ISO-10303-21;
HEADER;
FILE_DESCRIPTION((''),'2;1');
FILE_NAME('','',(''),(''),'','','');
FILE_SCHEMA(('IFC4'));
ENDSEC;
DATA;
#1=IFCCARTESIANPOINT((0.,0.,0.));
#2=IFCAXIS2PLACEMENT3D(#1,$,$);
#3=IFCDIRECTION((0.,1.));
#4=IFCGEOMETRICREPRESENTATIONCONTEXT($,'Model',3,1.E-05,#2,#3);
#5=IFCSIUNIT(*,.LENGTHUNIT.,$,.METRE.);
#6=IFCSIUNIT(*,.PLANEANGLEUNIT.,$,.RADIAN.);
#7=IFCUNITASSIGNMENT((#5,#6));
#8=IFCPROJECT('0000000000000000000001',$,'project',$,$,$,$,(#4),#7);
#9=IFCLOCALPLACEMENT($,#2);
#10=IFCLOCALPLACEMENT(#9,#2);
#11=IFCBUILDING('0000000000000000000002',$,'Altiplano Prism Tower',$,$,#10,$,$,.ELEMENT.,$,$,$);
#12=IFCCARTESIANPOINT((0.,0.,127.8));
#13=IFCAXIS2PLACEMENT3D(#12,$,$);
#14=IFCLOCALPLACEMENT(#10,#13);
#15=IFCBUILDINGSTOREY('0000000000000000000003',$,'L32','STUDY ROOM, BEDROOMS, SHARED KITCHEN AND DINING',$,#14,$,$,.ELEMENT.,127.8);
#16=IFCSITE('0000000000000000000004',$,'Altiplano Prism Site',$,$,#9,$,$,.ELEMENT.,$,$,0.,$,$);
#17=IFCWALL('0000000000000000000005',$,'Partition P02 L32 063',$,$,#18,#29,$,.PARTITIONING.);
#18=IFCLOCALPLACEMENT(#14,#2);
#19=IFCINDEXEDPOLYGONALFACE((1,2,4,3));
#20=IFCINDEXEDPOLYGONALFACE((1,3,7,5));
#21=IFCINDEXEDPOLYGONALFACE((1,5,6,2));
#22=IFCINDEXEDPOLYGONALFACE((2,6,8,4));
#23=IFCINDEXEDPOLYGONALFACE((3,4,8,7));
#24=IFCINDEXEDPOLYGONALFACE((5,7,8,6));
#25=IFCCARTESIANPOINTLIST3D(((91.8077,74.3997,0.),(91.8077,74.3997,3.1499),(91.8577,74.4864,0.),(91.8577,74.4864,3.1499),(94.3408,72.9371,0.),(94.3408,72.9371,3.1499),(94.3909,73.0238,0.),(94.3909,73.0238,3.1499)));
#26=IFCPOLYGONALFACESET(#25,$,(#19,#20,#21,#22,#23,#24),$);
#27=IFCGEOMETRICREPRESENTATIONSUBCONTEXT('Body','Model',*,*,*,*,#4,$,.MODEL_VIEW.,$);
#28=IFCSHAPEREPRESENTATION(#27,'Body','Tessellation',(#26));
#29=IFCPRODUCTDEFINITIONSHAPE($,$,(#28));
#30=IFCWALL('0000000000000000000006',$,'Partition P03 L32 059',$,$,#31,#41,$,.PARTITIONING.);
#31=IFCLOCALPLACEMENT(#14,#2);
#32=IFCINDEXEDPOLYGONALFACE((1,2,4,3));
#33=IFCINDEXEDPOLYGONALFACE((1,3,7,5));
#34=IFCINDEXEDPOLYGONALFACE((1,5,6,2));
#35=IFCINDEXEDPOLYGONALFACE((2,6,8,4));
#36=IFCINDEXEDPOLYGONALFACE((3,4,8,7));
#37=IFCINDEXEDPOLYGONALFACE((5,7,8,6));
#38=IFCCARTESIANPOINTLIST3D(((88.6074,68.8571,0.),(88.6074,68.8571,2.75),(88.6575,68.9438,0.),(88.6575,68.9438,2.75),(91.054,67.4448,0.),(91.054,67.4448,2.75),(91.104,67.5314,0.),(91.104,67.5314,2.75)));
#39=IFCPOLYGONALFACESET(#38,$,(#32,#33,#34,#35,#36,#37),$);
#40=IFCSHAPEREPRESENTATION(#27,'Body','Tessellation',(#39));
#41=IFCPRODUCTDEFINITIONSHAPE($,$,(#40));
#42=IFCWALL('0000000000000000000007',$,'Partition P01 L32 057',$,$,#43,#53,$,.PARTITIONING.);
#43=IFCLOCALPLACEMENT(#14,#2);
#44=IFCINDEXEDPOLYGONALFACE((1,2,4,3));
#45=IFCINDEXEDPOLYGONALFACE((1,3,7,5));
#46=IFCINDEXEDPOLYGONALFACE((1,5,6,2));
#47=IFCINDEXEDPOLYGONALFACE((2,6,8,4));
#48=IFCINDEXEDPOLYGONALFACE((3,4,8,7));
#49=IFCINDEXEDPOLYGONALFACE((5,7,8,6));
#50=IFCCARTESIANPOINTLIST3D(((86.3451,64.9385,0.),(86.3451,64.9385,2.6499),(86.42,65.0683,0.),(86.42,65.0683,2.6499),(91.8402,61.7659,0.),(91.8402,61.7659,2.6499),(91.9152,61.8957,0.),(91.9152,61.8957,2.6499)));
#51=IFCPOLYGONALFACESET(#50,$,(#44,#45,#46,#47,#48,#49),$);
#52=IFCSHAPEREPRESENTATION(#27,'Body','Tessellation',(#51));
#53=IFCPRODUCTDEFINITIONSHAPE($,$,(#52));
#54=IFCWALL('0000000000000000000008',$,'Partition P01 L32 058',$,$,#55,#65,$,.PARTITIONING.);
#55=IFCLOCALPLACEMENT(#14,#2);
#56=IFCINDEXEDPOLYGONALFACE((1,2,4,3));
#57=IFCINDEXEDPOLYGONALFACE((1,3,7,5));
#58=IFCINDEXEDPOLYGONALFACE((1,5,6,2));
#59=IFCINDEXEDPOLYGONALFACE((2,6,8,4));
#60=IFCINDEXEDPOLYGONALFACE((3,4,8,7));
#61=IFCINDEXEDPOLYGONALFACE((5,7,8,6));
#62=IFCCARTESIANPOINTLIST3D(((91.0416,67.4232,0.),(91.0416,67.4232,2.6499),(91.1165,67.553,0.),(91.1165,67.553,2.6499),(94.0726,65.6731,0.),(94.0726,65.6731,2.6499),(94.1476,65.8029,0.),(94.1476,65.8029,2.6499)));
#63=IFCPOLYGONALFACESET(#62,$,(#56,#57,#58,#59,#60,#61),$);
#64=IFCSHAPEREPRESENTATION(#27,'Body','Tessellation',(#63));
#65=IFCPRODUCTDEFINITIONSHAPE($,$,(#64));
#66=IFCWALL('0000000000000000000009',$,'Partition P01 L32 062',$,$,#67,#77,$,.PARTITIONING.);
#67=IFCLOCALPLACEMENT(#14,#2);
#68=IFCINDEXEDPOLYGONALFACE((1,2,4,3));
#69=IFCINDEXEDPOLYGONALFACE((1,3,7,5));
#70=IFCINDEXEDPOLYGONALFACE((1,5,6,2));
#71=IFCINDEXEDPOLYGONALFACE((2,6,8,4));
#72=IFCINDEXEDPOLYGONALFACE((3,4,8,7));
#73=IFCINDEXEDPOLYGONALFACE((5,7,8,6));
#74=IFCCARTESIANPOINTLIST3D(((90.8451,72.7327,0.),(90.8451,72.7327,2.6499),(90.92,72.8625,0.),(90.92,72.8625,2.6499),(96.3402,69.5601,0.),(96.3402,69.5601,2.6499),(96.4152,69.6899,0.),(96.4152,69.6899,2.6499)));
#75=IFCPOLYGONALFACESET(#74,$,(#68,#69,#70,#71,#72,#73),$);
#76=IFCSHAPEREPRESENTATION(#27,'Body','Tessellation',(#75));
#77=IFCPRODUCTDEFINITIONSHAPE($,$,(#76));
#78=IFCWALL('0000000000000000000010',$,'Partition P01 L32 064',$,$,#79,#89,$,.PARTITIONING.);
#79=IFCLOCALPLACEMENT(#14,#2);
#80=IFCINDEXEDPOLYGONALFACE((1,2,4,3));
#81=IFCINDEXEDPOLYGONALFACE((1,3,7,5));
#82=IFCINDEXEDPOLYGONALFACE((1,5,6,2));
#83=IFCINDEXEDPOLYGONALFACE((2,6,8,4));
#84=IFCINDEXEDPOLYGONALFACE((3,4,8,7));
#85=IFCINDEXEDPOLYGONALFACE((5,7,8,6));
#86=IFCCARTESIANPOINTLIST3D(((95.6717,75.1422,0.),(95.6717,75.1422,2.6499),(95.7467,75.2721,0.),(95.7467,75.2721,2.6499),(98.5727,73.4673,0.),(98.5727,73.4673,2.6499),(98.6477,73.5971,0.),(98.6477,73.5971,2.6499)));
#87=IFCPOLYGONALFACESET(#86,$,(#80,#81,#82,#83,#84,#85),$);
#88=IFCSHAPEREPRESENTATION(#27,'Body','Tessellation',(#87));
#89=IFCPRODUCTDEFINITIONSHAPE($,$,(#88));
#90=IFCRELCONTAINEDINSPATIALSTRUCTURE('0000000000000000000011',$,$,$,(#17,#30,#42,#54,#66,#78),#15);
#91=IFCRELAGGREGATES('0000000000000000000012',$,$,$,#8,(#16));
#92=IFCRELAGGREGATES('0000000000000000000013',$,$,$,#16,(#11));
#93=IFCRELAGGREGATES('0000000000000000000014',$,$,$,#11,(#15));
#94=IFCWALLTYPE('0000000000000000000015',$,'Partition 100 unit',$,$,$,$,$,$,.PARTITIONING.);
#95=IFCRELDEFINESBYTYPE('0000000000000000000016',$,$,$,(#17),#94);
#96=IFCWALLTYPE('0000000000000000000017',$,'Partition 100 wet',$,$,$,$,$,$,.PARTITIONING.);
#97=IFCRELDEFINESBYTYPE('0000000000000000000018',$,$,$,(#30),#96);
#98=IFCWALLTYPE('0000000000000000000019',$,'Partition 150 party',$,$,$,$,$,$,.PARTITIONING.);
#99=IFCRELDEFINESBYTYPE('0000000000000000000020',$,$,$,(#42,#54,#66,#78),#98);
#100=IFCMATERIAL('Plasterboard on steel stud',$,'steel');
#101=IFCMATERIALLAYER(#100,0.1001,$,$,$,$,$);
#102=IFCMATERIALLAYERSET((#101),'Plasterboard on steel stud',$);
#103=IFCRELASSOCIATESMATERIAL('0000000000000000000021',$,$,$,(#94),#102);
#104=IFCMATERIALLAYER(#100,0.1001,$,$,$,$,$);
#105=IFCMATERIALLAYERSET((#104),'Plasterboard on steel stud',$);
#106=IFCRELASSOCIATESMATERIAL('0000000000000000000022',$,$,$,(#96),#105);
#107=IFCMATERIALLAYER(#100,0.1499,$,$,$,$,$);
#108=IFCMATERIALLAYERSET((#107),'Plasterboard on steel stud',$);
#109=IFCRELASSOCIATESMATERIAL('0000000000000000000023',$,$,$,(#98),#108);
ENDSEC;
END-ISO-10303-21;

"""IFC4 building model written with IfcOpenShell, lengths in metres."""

from ifc_helpers import new_model, si_unit, direction, frame, frame_2d, origin, place, context, subcontext, project, spatial, rectangle, extrude, material, layer, layer_set, type_object, element, save


model = new_model("IFC4")

# Units and contexts
model_context = context("Model", 3, precision=1e-05, world=origin(), true_north=direction((0.0, 1.0)))
body_context = subcontext(model_context, "Body", "Model", "MODEL_VIEW")
ifc_project = project(units=[si_unit("LENGTHUNIT", "METRE"), si_unit("PLANEANGLEUNIT", "RADIAN")], contexts=[model_context])

# Site, building, storey
site_placement = place(None, origin())
site = spatial("IfcSite", under=ifc_project, at=site_placement, Name="Altiplano Prism Site", CompositionType="ELEMENT", RefElevation=0.0)
building_placement = place(site_placement, origin())
building = spatial("IfcBuilding", under=site, at=building_placement, Name="Altiplano Prism Tower", CompositionType="ELEMENT")
storey_placement = place(building_placement, frame((0.0, 0.0, 127.8)))
storey = spatial("IfcBuildingStorey", under=building, at=storey_placement, Name="L32", Description="STUDY ROOM, BEDROOMS, SHARED KITCHEN AND DINING", CompositionType="ELEMENT", Elevation=127.8)

# Shared definitions
ifc_material_1 = material(Name="Plasterboard on steel stud", Category="steel")
ifc_layer_1 = layer(ifc_material_1, 0.1001)
ifc_layer_set_1 = layer_set([ifc_layer_1], Name="Plasterboard on steel stud")
wall_type_1 = type_object("IfcWallType", Name="Partition 100 unit", PredefinedType="PARTITIONING", material=ifc_layer_set_1)

# Walls
wall_1_placement = place(storey_placement, frame((94.3657, 72.9805, 0.0), z_axis=(0.0, 0.0, 1.0), x_axis=(-0.86601, 0.500026, 0.0)))
element("IfcWall", 1, at=wall_1_placement, inside=storey, type_object=wall_type_1, Name="Partition P02 L32 063", PredefinedType="PARTITIONING", context=body_context, shape_type="SweptSolid", body=[
    extrude(rectangle(XDim=2.925, YDim=0.1001, at=frame_2d((1.4624, 0.0))), origin(), (0.0, 0.0, 1.0), 3.1499),
])
ifc_layer_2 = layer(ifc_material_1, 0.1001)
ifc_layer_set_2 = layer_set([ifc_layer_2], Name="Plasterboard on steel stud")
wall_type_2 = type_object("IfcWallType", Name="Partition 100 wet", PredefinedType="PARTITIONING", material=ifc_layer_set_2)
wall_2_placement = place(storey_placement, frame((91.0791, 67.488, 0.0), z_axis=(0.0, 0.0, 1.0), x_axis=(-0.866049, 0.499959, 0.0)))
element("IfcWall", 2, at=wall_2_placement, inside=storey, type_object=wall_type_2, Name="Partition P03 L32 059", PredefinedType="PARTITIONING", context=body_context, shape_type="SweptSolid", body=[
    extrude(rectangle(XDim=2.825, YDim=0.1001, at=frame_2d((1.4126, 0.0))), origin(), (0.0, 0.0, 1.0), 2.75),
])
ifc_layer_3 = layer(ifc_material_1, 0.1499)
ifc_layer_set_3 = layer_set([ifc_layer_3], Name="Plasterboard on steel stud")
wall_type_3 = type_object("IfcWallType", Name="Partition 150 party", PredefinedType="PARTITIONING", material=ifc_layer_set_3)
wall_3_placement = place(storey_placement, frame((91.8777, 61.8308, 0.0), z_axis=(0.0, 0.0, 1.0), x_axis=(-0.866025, 0.5, 0.0)))
element("IfcWall", 3, at=wall_3_placement, inside=storey, type_object=wall_type_3, Name="Partition P01 L32 057", PredefinedType="PARTITIONING", context=body_context, shape_type="SweptSolid", body=[
    extrude(rectangle(XDim=6.3452, YDim=0.1499, at=frame_2d((3.1726, 0.0))), origin(), (0.0, 0.0, 1.0), 2.6499),
])
wall_4_placement = place(storey_placement, frame((94.1101, 65.738, 0.0), z_axis=(0.0, 0.0, 1.0), x_axis=(-0.866019, 0.50001, 0.0)))
element("IfcWall", 4, at=wall_4_placement, inside=storey, type_object=wall_type_3, Name="Partition P01 L32 058", PredefinedType="PARTITIONING", context=body_context, shape_type="SweptSolid", body=[
    extrude(rectangle(XDim=3.5, YDim=0.1499, at=frame_2d((1.75, 0.0))), origin(), (0.0, 0.0, 1.0), 2.6499),
])
wall_5_placement = place(storey_placement, frame((96.3777, 69.625, 0.0), z_axis=(0.0, 0.0, 1.0), x_axis=(-0.866025, 0.5, 0.0)))
element("IfcWall", 5, at=wall_5_placement, inside=storey, type_object=wall_type_3, Name="Partition P01 L32 062", PredefinedType="PARTITIONING", context=body_context, shape_type="SweptSolid", body=[
    extrude(rectangle(XDim=6.3452, YDim=0.1499, at=frame_2d((3.1726, 0.0))), origin(), (0.0, 0.0, 1.0), 2.6499),
])
wall_6_placement = place(storey_placement, frame((98.6101, 73.5322, 0.0), z_axis=(0.0, 0.0, 1.0), x_axis=(-0.866014, 0.500019, 0.0)))
element("IfcWall", 6, at=wall_6_placement, inside=storey, type_object=wall_type_3, Name="Partition P01 L32 064", PredefinedType="PARTITIONING", context=body_context, shape_type="SweptSolid", body=[
    extrude(rectangle(XDim=3.3499, YDim=0.1499, at=frame_2d((1.6748, 0.0))), origin(), (0.0, 0.0, 1.0), 2.6499),
])

save(model, "model.ifc")
